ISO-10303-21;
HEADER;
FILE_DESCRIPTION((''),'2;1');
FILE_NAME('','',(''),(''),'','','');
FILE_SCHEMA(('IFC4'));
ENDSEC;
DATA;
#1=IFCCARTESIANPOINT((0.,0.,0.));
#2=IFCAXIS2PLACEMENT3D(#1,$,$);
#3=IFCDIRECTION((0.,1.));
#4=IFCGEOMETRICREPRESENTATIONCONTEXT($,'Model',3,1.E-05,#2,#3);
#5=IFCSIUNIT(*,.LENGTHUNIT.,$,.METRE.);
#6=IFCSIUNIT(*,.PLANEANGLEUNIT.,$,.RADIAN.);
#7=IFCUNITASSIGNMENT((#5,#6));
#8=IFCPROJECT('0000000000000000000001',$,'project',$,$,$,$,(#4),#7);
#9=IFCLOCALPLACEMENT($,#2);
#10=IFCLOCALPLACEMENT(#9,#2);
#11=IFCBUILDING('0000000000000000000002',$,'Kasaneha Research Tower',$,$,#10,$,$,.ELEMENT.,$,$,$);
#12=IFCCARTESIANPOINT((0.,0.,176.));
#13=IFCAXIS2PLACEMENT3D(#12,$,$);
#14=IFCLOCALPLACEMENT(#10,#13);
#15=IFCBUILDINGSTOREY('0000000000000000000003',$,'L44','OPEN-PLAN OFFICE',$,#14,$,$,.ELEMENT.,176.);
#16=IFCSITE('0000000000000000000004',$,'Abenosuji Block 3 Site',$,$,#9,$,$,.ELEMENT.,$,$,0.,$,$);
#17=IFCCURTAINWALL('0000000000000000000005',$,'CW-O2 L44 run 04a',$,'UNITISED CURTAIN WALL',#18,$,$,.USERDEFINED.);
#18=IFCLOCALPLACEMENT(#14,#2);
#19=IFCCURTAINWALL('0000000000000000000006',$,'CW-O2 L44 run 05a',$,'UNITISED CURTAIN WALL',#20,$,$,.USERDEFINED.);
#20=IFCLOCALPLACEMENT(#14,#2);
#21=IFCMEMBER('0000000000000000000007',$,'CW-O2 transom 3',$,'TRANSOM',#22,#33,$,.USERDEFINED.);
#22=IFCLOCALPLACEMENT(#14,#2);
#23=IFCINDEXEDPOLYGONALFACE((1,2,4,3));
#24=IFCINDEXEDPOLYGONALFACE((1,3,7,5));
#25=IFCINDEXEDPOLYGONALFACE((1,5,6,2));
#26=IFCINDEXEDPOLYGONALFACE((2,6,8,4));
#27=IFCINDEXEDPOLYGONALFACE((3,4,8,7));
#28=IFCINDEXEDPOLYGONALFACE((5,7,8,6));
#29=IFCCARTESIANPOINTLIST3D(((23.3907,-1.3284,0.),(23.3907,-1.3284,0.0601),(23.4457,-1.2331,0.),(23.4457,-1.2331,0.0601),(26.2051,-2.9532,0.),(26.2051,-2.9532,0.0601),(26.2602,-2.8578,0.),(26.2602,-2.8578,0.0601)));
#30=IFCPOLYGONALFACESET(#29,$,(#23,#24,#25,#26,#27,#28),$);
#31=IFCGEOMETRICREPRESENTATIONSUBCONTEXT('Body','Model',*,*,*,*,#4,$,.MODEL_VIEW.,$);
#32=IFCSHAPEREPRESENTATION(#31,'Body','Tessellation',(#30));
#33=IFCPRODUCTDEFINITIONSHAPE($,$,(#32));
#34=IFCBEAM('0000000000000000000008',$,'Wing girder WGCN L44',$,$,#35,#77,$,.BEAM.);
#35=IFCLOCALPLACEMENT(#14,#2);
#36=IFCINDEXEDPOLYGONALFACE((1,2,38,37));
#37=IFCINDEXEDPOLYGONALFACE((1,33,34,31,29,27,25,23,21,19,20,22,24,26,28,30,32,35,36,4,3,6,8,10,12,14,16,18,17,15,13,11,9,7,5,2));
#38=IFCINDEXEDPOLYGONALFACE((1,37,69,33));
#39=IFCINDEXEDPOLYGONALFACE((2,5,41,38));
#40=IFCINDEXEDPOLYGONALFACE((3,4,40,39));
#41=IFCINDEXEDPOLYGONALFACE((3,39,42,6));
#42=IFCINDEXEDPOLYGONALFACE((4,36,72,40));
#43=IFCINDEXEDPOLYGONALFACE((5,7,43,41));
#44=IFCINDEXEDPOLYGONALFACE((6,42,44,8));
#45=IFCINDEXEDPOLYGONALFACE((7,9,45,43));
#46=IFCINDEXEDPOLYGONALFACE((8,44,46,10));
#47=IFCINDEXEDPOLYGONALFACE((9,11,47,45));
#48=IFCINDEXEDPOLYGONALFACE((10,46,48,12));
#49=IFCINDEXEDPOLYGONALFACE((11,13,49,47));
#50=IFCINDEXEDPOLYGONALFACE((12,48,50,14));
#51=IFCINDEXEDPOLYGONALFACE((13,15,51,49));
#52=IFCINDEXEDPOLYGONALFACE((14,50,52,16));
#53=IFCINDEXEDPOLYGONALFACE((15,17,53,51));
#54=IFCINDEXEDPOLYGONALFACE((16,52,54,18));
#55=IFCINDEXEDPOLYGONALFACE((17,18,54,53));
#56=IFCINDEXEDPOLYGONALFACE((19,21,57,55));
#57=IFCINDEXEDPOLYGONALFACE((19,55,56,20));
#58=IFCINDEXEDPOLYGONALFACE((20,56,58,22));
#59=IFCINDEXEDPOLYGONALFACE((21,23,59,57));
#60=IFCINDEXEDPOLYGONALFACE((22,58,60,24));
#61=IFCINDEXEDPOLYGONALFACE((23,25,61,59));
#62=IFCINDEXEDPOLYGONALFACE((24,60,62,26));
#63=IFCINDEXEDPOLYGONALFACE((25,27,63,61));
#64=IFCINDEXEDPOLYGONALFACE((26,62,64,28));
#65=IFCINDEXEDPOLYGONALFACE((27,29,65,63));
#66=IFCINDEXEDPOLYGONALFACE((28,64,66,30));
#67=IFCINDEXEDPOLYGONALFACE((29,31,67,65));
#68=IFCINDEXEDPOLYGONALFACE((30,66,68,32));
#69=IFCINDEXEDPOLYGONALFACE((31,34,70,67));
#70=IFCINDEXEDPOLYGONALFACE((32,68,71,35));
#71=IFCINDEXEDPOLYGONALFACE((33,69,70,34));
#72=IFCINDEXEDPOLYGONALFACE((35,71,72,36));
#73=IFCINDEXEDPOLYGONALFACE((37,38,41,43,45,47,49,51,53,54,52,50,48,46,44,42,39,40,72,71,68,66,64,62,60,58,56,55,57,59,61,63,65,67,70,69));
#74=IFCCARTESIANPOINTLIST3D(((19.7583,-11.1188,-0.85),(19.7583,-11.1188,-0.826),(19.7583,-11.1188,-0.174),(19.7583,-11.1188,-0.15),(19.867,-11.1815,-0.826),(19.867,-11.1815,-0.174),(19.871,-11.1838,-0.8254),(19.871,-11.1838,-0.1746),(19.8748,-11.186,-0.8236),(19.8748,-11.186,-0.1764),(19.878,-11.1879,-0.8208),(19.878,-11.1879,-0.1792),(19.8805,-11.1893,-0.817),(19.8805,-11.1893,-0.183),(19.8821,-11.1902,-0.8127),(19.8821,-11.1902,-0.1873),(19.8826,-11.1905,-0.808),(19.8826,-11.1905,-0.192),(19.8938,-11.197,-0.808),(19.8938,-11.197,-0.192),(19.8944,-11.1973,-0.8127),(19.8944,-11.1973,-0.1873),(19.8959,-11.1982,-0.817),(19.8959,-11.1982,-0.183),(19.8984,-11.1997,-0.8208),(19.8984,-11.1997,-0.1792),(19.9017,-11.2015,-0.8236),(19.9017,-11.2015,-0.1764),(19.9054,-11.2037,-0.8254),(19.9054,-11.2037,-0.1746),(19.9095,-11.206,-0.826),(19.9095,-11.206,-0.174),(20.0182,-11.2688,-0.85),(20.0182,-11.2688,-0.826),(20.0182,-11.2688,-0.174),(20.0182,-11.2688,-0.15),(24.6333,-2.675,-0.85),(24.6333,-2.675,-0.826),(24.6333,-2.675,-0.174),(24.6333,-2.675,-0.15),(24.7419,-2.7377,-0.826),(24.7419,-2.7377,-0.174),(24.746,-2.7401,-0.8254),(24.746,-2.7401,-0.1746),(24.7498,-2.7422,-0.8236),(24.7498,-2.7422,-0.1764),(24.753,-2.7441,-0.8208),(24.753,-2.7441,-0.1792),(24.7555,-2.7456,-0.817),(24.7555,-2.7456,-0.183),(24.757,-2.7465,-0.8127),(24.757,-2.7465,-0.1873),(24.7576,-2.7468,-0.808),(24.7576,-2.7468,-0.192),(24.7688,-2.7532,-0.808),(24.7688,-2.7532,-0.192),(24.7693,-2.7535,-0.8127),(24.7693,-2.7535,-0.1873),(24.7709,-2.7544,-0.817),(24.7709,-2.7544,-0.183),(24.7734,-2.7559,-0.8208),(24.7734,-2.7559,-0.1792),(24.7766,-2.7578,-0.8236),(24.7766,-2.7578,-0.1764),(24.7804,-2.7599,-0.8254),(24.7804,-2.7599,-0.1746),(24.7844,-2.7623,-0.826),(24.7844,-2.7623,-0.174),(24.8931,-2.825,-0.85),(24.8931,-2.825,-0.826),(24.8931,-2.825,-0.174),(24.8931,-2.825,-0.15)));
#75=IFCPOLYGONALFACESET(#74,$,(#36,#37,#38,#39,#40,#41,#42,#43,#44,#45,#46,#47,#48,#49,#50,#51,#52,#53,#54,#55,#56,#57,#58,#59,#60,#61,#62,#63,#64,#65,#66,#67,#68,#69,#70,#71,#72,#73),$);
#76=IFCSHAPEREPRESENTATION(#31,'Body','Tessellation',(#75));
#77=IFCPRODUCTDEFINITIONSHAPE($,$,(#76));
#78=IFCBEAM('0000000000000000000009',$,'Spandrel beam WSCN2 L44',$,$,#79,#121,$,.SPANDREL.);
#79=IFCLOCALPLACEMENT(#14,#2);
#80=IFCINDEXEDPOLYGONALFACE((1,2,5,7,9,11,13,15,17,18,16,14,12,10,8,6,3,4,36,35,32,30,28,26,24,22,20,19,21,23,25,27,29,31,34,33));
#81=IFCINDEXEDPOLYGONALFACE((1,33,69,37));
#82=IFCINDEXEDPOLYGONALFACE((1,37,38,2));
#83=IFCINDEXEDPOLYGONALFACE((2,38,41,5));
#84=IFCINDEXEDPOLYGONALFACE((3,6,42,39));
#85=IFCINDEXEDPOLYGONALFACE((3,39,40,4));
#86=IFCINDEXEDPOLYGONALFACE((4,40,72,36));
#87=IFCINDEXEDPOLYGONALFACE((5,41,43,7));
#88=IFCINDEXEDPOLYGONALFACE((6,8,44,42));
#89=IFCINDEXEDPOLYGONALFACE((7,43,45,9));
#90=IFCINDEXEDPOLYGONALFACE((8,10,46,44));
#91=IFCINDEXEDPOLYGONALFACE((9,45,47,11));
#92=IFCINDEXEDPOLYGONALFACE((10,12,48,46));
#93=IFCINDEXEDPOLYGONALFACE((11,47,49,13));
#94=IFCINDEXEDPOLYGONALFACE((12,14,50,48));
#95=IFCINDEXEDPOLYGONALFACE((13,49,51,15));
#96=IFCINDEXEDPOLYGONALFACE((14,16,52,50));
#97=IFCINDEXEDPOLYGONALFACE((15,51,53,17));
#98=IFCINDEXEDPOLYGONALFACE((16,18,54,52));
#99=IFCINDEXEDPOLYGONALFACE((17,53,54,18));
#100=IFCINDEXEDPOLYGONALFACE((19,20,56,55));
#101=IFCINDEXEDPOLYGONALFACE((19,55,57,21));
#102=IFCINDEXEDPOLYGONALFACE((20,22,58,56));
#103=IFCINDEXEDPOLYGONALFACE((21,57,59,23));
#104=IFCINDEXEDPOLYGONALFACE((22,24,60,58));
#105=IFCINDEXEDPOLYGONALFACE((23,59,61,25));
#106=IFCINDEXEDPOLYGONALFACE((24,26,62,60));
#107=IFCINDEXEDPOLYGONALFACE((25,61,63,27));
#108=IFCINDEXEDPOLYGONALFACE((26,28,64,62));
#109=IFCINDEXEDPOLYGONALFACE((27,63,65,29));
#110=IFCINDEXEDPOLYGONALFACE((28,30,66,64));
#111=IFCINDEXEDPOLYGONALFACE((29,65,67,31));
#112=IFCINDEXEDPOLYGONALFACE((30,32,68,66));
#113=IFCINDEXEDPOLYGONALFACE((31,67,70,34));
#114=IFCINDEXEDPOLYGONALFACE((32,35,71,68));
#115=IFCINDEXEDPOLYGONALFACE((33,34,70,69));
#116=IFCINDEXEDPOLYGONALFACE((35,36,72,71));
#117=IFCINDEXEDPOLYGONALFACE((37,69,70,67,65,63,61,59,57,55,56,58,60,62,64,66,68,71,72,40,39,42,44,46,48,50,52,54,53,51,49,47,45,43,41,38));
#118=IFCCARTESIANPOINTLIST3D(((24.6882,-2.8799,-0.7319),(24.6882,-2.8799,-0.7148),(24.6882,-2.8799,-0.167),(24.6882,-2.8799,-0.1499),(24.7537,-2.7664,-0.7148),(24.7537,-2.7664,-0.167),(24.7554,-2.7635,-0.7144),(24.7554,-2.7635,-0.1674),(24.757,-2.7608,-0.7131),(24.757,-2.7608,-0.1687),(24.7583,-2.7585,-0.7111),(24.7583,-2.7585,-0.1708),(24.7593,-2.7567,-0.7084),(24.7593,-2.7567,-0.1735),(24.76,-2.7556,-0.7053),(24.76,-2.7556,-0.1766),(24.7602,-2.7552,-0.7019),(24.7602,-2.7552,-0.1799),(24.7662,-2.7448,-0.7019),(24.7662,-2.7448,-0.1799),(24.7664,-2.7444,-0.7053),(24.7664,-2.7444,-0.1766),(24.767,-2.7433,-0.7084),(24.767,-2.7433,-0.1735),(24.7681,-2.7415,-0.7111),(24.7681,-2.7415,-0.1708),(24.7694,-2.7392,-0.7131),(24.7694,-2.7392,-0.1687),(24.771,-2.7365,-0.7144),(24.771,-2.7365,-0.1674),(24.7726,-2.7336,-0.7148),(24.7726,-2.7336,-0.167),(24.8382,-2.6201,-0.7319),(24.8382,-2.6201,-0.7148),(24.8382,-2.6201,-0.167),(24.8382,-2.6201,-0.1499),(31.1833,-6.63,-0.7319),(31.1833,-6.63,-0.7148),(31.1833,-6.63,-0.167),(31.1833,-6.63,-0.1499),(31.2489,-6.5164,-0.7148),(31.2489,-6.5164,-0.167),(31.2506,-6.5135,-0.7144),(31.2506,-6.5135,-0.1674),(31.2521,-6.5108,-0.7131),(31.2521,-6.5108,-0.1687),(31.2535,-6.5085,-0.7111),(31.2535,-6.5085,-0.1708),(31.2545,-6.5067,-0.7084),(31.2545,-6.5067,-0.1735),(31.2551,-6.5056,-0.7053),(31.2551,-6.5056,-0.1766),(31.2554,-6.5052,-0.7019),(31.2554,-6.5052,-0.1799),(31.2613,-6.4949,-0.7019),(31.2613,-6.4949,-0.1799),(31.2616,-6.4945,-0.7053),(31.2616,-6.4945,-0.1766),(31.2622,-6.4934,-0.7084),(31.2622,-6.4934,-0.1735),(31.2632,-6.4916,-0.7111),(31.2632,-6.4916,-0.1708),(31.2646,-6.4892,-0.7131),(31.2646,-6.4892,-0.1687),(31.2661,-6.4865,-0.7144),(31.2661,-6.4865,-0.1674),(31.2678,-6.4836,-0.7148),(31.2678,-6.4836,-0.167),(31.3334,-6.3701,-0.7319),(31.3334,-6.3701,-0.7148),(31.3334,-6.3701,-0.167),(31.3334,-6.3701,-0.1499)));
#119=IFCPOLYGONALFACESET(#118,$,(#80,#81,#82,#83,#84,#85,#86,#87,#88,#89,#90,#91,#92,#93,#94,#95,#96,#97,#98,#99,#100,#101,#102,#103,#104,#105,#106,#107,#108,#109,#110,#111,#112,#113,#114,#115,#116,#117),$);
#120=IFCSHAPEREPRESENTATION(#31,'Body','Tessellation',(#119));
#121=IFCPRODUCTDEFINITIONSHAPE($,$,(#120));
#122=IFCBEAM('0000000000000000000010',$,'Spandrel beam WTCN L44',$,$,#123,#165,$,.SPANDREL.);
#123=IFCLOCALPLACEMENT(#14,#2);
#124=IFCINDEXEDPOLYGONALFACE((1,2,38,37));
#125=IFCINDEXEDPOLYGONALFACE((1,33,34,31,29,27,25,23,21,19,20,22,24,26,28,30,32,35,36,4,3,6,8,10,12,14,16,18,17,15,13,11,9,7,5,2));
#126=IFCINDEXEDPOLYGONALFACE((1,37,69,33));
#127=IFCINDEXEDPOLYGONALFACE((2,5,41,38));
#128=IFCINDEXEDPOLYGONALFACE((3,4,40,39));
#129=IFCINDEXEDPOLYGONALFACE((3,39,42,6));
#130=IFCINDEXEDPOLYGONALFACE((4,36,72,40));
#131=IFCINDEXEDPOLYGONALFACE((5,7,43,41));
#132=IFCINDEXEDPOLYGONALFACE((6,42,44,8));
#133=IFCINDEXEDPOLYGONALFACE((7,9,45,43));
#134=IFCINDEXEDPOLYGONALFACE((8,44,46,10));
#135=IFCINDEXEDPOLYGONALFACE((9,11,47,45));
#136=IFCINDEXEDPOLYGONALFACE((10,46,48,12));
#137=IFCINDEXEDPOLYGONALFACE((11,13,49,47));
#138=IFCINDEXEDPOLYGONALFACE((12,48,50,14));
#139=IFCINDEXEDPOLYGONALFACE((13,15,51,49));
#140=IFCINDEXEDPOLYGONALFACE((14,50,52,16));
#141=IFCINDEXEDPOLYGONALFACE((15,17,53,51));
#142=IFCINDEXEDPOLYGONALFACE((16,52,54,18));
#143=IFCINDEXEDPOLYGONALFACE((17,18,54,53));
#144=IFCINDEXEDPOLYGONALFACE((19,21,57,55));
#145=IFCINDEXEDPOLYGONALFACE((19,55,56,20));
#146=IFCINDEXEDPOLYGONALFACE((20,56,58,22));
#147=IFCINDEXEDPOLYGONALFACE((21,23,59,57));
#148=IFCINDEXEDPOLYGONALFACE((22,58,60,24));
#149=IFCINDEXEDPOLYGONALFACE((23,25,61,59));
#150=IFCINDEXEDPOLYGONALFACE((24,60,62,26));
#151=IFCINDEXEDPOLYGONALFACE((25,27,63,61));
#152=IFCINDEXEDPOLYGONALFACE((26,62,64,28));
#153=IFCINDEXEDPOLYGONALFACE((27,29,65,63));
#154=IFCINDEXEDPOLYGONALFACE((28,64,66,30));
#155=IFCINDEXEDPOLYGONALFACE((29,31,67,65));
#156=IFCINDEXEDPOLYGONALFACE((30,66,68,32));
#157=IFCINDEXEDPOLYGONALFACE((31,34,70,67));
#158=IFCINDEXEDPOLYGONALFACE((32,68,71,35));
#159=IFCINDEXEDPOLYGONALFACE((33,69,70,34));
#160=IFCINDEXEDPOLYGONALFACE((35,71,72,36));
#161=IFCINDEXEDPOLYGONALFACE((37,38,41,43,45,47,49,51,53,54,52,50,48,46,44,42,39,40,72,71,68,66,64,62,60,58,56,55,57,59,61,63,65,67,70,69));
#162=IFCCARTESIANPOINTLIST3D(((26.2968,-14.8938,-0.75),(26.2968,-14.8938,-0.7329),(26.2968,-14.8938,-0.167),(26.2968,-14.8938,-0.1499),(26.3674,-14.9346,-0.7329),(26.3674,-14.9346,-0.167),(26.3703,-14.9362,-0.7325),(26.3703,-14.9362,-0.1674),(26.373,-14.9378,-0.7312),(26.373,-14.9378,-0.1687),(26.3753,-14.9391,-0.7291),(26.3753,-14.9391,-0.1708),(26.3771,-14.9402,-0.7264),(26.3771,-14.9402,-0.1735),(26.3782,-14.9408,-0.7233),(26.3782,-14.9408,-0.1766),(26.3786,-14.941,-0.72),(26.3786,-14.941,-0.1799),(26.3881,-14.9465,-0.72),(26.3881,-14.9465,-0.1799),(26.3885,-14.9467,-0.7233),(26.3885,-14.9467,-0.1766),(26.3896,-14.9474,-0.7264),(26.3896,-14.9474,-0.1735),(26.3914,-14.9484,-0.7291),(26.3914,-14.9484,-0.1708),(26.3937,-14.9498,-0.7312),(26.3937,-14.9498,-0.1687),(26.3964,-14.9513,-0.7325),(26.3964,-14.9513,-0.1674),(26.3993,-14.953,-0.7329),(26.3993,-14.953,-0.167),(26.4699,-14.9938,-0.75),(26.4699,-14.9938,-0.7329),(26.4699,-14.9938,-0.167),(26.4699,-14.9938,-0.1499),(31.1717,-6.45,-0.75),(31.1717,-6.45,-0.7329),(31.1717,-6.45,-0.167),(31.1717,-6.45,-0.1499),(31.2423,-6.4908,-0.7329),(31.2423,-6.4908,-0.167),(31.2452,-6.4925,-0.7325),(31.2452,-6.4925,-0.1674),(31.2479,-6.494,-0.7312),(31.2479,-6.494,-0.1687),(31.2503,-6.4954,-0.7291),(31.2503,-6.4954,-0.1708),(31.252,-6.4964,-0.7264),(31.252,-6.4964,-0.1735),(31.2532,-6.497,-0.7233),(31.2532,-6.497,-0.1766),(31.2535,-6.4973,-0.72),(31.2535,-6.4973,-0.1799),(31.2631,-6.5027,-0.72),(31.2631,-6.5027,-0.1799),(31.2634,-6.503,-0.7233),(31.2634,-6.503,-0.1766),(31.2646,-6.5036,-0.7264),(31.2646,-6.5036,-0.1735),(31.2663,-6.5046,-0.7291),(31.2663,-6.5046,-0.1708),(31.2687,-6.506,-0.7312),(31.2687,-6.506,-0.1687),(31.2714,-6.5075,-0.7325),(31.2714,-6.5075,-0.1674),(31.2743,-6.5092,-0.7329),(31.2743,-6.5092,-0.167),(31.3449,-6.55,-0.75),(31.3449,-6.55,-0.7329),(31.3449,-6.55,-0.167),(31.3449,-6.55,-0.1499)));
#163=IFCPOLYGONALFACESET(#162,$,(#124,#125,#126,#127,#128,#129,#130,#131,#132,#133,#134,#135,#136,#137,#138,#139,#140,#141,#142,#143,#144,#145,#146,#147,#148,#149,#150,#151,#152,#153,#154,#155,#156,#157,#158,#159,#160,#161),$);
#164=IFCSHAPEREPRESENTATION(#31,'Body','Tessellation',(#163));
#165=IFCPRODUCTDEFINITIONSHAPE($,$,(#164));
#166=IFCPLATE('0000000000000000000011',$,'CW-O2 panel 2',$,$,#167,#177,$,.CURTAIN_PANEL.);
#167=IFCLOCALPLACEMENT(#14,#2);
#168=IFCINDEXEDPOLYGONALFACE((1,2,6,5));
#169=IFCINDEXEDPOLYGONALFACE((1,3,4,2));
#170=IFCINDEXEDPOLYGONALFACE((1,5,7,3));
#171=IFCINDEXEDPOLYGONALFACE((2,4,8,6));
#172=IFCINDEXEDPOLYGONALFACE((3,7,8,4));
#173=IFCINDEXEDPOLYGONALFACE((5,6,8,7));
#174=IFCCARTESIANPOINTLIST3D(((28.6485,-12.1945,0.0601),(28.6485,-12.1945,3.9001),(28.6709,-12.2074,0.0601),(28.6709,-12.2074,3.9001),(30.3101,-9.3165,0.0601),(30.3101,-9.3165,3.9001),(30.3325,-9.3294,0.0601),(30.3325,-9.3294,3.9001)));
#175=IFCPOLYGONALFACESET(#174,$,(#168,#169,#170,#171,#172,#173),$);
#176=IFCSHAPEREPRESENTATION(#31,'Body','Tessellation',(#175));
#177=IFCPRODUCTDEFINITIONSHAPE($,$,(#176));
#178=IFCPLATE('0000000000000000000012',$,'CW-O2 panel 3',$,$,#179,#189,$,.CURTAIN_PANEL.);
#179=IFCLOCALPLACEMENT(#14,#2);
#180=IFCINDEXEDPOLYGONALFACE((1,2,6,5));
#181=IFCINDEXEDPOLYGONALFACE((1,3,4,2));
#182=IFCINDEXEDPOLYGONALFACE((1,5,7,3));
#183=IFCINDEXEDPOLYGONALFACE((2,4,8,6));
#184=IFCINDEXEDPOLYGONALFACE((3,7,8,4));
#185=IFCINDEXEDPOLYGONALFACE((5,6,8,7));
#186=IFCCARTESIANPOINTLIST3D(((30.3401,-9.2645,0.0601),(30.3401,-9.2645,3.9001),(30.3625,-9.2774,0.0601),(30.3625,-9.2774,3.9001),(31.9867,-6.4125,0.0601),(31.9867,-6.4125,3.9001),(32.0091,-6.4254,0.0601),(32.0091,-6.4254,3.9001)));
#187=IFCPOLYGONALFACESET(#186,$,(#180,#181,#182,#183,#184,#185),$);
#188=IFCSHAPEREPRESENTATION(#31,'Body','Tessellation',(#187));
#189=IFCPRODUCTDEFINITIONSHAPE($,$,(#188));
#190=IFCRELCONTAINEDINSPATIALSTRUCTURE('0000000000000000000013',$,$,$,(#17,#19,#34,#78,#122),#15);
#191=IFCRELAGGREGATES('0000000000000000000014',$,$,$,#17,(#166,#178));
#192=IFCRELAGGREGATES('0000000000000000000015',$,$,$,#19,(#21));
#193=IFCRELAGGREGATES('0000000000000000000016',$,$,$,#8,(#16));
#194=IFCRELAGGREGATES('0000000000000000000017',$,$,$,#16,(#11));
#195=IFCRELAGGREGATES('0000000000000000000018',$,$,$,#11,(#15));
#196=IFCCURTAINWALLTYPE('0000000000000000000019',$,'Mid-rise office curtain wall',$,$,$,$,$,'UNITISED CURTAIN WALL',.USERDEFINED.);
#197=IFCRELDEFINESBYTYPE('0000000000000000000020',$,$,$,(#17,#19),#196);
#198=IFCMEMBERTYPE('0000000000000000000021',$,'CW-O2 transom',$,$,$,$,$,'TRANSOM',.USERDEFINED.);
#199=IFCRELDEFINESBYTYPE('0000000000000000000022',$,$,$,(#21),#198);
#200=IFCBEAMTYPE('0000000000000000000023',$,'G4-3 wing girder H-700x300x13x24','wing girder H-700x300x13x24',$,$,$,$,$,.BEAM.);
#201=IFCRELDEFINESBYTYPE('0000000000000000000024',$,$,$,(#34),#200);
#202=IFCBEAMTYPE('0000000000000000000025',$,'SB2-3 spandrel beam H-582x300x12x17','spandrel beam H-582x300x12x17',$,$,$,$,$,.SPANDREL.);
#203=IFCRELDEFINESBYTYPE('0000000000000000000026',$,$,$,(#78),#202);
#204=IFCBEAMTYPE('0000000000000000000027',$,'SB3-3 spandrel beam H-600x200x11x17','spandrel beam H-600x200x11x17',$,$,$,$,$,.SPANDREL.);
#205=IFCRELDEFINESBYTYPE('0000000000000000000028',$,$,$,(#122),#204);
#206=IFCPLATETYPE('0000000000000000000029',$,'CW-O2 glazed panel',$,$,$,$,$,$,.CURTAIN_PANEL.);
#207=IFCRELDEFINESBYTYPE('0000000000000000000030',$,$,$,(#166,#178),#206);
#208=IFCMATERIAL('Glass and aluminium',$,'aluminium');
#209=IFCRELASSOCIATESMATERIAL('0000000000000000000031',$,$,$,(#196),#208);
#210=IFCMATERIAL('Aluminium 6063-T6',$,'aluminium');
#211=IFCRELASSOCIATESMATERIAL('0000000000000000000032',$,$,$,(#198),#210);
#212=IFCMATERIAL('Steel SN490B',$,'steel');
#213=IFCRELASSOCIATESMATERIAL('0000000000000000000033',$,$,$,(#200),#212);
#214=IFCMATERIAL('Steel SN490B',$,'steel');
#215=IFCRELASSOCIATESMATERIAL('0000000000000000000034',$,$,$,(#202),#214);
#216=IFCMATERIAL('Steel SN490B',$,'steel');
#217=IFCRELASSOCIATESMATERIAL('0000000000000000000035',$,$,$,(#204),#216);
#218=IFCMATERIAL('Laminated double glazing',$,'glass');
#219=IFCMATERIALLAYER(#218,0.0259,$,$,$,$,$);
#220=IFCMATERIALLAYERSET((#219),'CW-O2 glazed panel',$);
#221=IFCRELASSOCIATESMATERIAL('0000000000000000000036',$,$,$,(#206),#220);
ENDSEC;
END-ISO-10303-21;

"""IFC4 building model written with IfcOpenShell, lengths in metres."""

from ifc_helpers import new_model, si_unit, direction, frame, origin, origin_2d, place, context, subcontext, project, spatial, rectangle, i_section, extrude, material, layer, layer_set, material_profile, profile_set, type_object, element, aggregate, save


model = new_model("IFC4")

# Units and contexts
model_context = context("Model", 3, precision=1e-05, world=origin(), true_north=direction((0.0, 1.0)))
body_context = subcontext(model_context, "Body", "Model", "MODEL_VIEW")
ifc_project = project(units=[si_unit("LENGTHUNIT", "METRE"), si_unit("PLANEANGLEUNIT", "RADIAN")], contexts=[model_context])

# Site, building, storey
site_placement = place(None, origin())
site = spatial("IfcSite", under=ifc_project, at=site_placement, Name="Abenosuji Block 3 Site", CompositionType="ELEMENT", RefElevation=0.0)
building_placement = place(site_placement, origin())
building = spatial("IfcBuilding", under=site, at=building_placement, Name="Kasaneha Research Tower", CompositionType="ELEMENT")
storey_placement = place(building_placement, frame((0.0, 0.0, 176.0)))
storey = spatial("IfcBuildingStorey", under=building, at=storey_placement, Name="L44", Description="OPEN-PLAN OFFICE", CompositionType="ELEMENT", Elevation=176.0)

# Curtain walls
ifc_material_1 = material(Name="Glass and aluminium", Category="aluminium")
curtain_wall_type = type_object("IfcCurtainWallType", Name="Mid-rise office curtain wall", ElementType="UNITISED CURTAIN WALL", PredefinedType="USERDEFINED", material=ifc_material_1)
curtain_wall_1_placement = place(storey_placement, origin())
curtain_wall_1 = element("IfcCurtainWall", 1, at=curtain_wall_1_placement, inside=storey, type_object=curtain_wall_type, Name="CW-O2 L44 run 04a", ObjectType="UNITISED CURTAIN WALL", PredefinedType="USERDEFINED")
curtain_wall_2_placement = place(storey_placement, origin())
curtain_wall_2 = element("IfcCurtainWall", 2, at=curtain_wall_2_placement, inside=storey, type_object=curtain_wall_type, Name="CW-O2 L44 run 05a", ObjectType="UNITISED CURTAIN WALL", PredefinedType="USERDEFINED")

# Member
ifc_material_2 = material(Name="Aluminium 6063-T6", Category="aluminium")
ifc_material_profile_1 = material_profile(ifc_material_2, rectangle(XDim=0.1101, YDim=0.0601, at=origin_2d()), Name="CW-O2 transom 110x60")
ifc_profile_set_1 = profile_set([ifc_material_profile_1], Name="Aluminium 6063-T6")
member_type_1 = type_object("IfcMemberType", Name="CW-O2 transom", ElementType="TRANSOM", PredefinedType="USERDEFINED", material=ifc_profile_set_1)
member_1_placement = place(storey_placement, frame((26.2327, -2.9055, 0.03), z_axis=(-0.866048, 0.499961, 0.0), x_axis=(-0.499961, -0.866048, 0.0)))
member_1 = element("IfcMember", 3, at=member_1_placement, type_object=member_type_1, Name="CW-O2 transom 3", ObjectType="TRANSOM", PredefinedType="USERDEFINED", context=body_context, shape_type="SweptSolid", body=[
    extrude(rectangle(XDim=0.1101, YDim=0.0601, at=origin_2d()), origin(), (0.0, 0.0, 1.0), 3.2498),
])

# Beams
ifc_material_3 = material(Name="Steel SN490B", Category="steel")
ifc_material_profile_2 = material_profile(ifc_material_3, i_section(OverallWidth=0.3, OverallDepth=0.7, WebThickness=0.0129, FlangeThickness=0.0239, FilletRadius=0.0181, at=origin_2d()), Name="H-700x300x13x24")
ifc_profile_set_2 = profile_set([ifc_material_profile_2], Name="Steel SN490B")
beam_type_1 = type_object("IfcBeamType", Name="G4-3 wing girder H-700x300x13x24", Description="wing girder H-700x300x13x24", PredefinedType="BEAM", material=ifc_profile_set_2)
beam_1_placement = place(storey_placement, frame((24.7632, -2.75, -0.5), z_axis=(-0.499996, -0.866028, 0.0), x_axis=(0.866028, -0.499996, 0.0)))
element("IfcBeam", 4, at=beam_1_placement, inside=storey, type_object=beam_type_1, Name="Wing girder WGCN L44", PredefinedType="BEAM", context=body_context, shape_type="SweptSolid", body=[
    extrude(i_section(OverallWidth=0.3, OverallDepth=0.7, WebThickness=0.0129, FlangeThickness=0.0239, FilletRadius=0.0181, at=origin_2d()), origin(), (0.0, 0.0, 1.0), 9.75),
])
ifc_material_4 = material(Name="Steel SN490B", Category="steel")
ifc_material_profile_3 = material_profile(ifc_material_4, i_section(OverallWidth=0.3, OverallDepth=0.582, WebThickness=0.012, FlangeThickness=0.0171, FilletRadius=0.0129, at=origin_2d()), Name="H-582x300x12x17")
ifc_profile_set_3 = profile_set([ifc_material_profile_3], Name="Steel SN490B")
beam_type_2 = type_object("IfcBeamType", Name="SB2-3 spandrel beam H-582x300x12x17", Description="spandrel beam H-582x300x12x17", PredefinedType="SPANDREL", material=ifc_profile_set_3)
beam_2_placement = place(storey_placement, frame((24.7632, -2.75, -0.4409), z_axis=(0.866023, -0.500004, 0.0), x_axis=(0.500004, 0.866023, 0.0)))
element("IfcBeam", 5, at=beam_2_placement, inside=storey, type_object=beam_type_2, Name="Spandrel beam WSCN2 L44", PredefinedType="SPANDREL", context=body_context, shape_type="SweptSolid", body=[
    extrude(i_section(OverallWidth=0.3, OverallDepth=0.582, WebThickness=0.012, FlangeThickness=0.0171, FilletRadius=0.0129, at=origin_2d()), origin(), (0.0, 0.0, 1.0), 7.5),
])
ifc_material_5 = material(Name="Steel SN490B", Category="steel")
ifc_material_profile_4 = material_profile(ifc_material_5, i_section(OverallWidth=0.2, OverallDepth=0.6001, WebThickness=0.011, FlangeThickness=0.0171, FilletRadius=0.0129, at=origin_2d()), Name="H-600x200x11x17")
ifc_profile_set_4 = profile_set([ifc_material_profile_4], Name="Steel SN490B")
beam_type_3 = type_object("IfcBeamType", Name="SB3-3 spandrel beam H-600x200x11x17", Description="spandrel beam H-600x200x11x17", PredefinedType="SPANDREL", material=ifc_profile_set_4)
beam_3_placement = place(storey_placement, frame((31.2583, -6.5, -0.45), z_axis=(-0.499996, -0.866028, 0.0), x_axis=(0.866028, -0.499996, 0.0)))
element("IfcBeam", 6, at=beam_3_placement, inside=storey, type_object=beam_type_3, Name="Spandrel beam WTCN L44", PredefinedType="SPANDREL", context=body_context, shape_type="SweptSolid", body=[
    extrude(i_section(OverallWidth=0.2, OverallDepth=0.6001, WebThickness=0.011, FlangeThickness=0.0171, FilletRadius=0.0129, at=origin_2d()), origin(), (0.0, 0.0, 1.0), 9.75),
])

# Plates
ifc_material_6 = material(Name="Laminated double glazing", Category="glass")
ifc_layer_1 = layer(ifc_material_6, 0.0259)
ifc_layer_set_1 = layer_set([ifc_layer_1], Name="CW-O2 glazed panel")
plate_type = type_object("IfcPlateType", Name="CW-O2 glazed panel", PredefinedType="CURTAIN_PANEL", material=ifc_layer_set_1)
plate_1_placement = place(storey_placement, frame((29.4905, -10.762, 0.0601), z_axis=(0.0, 0.0, 1.0), x_axis=(0.5, 0.866025, 0.0)))
plate_1 = element("IfcPlate", 7, at=plate_1_placement, type_object=plate_type, Name="CW-O2 panel 2", PredefinedType="CURTAIN_PANEL", context=body_context, shape_type="SweptSolid", body=[
    extrude(rectangle(XDim=3.3232, YDim=0.0259, at=origin_2d()), origin(), (0.0, 0.0, 1.0), 3.8401),
])
plate_2_placement = place(storey_placement, frame((31.1746, -7.845, 0.0601), z_axis=(0.0, 0.0, 1.0), x_axis=(0.5, 0.866025, 0.0)))
plate_2 = element("IfcPlate", 8, at=plate_2_placement, type_object=plate_type, Name="CW-O2 panel 3", PredefinedType="CURTAIN_PANEL", context=body_context, shape_type="SweptSolid", body=[
    extrude(rectangle(XDim=3.2932, YDim=0.0259, at=origin_2d()), origin(), (0.0, 0.0, 1.0), 3.8401),
])
aggregate(curtain_wall_1, [plate_1, plate_2])
aggregate(curtain_wall_2, [member_1])

save(model, "model.ifc")
